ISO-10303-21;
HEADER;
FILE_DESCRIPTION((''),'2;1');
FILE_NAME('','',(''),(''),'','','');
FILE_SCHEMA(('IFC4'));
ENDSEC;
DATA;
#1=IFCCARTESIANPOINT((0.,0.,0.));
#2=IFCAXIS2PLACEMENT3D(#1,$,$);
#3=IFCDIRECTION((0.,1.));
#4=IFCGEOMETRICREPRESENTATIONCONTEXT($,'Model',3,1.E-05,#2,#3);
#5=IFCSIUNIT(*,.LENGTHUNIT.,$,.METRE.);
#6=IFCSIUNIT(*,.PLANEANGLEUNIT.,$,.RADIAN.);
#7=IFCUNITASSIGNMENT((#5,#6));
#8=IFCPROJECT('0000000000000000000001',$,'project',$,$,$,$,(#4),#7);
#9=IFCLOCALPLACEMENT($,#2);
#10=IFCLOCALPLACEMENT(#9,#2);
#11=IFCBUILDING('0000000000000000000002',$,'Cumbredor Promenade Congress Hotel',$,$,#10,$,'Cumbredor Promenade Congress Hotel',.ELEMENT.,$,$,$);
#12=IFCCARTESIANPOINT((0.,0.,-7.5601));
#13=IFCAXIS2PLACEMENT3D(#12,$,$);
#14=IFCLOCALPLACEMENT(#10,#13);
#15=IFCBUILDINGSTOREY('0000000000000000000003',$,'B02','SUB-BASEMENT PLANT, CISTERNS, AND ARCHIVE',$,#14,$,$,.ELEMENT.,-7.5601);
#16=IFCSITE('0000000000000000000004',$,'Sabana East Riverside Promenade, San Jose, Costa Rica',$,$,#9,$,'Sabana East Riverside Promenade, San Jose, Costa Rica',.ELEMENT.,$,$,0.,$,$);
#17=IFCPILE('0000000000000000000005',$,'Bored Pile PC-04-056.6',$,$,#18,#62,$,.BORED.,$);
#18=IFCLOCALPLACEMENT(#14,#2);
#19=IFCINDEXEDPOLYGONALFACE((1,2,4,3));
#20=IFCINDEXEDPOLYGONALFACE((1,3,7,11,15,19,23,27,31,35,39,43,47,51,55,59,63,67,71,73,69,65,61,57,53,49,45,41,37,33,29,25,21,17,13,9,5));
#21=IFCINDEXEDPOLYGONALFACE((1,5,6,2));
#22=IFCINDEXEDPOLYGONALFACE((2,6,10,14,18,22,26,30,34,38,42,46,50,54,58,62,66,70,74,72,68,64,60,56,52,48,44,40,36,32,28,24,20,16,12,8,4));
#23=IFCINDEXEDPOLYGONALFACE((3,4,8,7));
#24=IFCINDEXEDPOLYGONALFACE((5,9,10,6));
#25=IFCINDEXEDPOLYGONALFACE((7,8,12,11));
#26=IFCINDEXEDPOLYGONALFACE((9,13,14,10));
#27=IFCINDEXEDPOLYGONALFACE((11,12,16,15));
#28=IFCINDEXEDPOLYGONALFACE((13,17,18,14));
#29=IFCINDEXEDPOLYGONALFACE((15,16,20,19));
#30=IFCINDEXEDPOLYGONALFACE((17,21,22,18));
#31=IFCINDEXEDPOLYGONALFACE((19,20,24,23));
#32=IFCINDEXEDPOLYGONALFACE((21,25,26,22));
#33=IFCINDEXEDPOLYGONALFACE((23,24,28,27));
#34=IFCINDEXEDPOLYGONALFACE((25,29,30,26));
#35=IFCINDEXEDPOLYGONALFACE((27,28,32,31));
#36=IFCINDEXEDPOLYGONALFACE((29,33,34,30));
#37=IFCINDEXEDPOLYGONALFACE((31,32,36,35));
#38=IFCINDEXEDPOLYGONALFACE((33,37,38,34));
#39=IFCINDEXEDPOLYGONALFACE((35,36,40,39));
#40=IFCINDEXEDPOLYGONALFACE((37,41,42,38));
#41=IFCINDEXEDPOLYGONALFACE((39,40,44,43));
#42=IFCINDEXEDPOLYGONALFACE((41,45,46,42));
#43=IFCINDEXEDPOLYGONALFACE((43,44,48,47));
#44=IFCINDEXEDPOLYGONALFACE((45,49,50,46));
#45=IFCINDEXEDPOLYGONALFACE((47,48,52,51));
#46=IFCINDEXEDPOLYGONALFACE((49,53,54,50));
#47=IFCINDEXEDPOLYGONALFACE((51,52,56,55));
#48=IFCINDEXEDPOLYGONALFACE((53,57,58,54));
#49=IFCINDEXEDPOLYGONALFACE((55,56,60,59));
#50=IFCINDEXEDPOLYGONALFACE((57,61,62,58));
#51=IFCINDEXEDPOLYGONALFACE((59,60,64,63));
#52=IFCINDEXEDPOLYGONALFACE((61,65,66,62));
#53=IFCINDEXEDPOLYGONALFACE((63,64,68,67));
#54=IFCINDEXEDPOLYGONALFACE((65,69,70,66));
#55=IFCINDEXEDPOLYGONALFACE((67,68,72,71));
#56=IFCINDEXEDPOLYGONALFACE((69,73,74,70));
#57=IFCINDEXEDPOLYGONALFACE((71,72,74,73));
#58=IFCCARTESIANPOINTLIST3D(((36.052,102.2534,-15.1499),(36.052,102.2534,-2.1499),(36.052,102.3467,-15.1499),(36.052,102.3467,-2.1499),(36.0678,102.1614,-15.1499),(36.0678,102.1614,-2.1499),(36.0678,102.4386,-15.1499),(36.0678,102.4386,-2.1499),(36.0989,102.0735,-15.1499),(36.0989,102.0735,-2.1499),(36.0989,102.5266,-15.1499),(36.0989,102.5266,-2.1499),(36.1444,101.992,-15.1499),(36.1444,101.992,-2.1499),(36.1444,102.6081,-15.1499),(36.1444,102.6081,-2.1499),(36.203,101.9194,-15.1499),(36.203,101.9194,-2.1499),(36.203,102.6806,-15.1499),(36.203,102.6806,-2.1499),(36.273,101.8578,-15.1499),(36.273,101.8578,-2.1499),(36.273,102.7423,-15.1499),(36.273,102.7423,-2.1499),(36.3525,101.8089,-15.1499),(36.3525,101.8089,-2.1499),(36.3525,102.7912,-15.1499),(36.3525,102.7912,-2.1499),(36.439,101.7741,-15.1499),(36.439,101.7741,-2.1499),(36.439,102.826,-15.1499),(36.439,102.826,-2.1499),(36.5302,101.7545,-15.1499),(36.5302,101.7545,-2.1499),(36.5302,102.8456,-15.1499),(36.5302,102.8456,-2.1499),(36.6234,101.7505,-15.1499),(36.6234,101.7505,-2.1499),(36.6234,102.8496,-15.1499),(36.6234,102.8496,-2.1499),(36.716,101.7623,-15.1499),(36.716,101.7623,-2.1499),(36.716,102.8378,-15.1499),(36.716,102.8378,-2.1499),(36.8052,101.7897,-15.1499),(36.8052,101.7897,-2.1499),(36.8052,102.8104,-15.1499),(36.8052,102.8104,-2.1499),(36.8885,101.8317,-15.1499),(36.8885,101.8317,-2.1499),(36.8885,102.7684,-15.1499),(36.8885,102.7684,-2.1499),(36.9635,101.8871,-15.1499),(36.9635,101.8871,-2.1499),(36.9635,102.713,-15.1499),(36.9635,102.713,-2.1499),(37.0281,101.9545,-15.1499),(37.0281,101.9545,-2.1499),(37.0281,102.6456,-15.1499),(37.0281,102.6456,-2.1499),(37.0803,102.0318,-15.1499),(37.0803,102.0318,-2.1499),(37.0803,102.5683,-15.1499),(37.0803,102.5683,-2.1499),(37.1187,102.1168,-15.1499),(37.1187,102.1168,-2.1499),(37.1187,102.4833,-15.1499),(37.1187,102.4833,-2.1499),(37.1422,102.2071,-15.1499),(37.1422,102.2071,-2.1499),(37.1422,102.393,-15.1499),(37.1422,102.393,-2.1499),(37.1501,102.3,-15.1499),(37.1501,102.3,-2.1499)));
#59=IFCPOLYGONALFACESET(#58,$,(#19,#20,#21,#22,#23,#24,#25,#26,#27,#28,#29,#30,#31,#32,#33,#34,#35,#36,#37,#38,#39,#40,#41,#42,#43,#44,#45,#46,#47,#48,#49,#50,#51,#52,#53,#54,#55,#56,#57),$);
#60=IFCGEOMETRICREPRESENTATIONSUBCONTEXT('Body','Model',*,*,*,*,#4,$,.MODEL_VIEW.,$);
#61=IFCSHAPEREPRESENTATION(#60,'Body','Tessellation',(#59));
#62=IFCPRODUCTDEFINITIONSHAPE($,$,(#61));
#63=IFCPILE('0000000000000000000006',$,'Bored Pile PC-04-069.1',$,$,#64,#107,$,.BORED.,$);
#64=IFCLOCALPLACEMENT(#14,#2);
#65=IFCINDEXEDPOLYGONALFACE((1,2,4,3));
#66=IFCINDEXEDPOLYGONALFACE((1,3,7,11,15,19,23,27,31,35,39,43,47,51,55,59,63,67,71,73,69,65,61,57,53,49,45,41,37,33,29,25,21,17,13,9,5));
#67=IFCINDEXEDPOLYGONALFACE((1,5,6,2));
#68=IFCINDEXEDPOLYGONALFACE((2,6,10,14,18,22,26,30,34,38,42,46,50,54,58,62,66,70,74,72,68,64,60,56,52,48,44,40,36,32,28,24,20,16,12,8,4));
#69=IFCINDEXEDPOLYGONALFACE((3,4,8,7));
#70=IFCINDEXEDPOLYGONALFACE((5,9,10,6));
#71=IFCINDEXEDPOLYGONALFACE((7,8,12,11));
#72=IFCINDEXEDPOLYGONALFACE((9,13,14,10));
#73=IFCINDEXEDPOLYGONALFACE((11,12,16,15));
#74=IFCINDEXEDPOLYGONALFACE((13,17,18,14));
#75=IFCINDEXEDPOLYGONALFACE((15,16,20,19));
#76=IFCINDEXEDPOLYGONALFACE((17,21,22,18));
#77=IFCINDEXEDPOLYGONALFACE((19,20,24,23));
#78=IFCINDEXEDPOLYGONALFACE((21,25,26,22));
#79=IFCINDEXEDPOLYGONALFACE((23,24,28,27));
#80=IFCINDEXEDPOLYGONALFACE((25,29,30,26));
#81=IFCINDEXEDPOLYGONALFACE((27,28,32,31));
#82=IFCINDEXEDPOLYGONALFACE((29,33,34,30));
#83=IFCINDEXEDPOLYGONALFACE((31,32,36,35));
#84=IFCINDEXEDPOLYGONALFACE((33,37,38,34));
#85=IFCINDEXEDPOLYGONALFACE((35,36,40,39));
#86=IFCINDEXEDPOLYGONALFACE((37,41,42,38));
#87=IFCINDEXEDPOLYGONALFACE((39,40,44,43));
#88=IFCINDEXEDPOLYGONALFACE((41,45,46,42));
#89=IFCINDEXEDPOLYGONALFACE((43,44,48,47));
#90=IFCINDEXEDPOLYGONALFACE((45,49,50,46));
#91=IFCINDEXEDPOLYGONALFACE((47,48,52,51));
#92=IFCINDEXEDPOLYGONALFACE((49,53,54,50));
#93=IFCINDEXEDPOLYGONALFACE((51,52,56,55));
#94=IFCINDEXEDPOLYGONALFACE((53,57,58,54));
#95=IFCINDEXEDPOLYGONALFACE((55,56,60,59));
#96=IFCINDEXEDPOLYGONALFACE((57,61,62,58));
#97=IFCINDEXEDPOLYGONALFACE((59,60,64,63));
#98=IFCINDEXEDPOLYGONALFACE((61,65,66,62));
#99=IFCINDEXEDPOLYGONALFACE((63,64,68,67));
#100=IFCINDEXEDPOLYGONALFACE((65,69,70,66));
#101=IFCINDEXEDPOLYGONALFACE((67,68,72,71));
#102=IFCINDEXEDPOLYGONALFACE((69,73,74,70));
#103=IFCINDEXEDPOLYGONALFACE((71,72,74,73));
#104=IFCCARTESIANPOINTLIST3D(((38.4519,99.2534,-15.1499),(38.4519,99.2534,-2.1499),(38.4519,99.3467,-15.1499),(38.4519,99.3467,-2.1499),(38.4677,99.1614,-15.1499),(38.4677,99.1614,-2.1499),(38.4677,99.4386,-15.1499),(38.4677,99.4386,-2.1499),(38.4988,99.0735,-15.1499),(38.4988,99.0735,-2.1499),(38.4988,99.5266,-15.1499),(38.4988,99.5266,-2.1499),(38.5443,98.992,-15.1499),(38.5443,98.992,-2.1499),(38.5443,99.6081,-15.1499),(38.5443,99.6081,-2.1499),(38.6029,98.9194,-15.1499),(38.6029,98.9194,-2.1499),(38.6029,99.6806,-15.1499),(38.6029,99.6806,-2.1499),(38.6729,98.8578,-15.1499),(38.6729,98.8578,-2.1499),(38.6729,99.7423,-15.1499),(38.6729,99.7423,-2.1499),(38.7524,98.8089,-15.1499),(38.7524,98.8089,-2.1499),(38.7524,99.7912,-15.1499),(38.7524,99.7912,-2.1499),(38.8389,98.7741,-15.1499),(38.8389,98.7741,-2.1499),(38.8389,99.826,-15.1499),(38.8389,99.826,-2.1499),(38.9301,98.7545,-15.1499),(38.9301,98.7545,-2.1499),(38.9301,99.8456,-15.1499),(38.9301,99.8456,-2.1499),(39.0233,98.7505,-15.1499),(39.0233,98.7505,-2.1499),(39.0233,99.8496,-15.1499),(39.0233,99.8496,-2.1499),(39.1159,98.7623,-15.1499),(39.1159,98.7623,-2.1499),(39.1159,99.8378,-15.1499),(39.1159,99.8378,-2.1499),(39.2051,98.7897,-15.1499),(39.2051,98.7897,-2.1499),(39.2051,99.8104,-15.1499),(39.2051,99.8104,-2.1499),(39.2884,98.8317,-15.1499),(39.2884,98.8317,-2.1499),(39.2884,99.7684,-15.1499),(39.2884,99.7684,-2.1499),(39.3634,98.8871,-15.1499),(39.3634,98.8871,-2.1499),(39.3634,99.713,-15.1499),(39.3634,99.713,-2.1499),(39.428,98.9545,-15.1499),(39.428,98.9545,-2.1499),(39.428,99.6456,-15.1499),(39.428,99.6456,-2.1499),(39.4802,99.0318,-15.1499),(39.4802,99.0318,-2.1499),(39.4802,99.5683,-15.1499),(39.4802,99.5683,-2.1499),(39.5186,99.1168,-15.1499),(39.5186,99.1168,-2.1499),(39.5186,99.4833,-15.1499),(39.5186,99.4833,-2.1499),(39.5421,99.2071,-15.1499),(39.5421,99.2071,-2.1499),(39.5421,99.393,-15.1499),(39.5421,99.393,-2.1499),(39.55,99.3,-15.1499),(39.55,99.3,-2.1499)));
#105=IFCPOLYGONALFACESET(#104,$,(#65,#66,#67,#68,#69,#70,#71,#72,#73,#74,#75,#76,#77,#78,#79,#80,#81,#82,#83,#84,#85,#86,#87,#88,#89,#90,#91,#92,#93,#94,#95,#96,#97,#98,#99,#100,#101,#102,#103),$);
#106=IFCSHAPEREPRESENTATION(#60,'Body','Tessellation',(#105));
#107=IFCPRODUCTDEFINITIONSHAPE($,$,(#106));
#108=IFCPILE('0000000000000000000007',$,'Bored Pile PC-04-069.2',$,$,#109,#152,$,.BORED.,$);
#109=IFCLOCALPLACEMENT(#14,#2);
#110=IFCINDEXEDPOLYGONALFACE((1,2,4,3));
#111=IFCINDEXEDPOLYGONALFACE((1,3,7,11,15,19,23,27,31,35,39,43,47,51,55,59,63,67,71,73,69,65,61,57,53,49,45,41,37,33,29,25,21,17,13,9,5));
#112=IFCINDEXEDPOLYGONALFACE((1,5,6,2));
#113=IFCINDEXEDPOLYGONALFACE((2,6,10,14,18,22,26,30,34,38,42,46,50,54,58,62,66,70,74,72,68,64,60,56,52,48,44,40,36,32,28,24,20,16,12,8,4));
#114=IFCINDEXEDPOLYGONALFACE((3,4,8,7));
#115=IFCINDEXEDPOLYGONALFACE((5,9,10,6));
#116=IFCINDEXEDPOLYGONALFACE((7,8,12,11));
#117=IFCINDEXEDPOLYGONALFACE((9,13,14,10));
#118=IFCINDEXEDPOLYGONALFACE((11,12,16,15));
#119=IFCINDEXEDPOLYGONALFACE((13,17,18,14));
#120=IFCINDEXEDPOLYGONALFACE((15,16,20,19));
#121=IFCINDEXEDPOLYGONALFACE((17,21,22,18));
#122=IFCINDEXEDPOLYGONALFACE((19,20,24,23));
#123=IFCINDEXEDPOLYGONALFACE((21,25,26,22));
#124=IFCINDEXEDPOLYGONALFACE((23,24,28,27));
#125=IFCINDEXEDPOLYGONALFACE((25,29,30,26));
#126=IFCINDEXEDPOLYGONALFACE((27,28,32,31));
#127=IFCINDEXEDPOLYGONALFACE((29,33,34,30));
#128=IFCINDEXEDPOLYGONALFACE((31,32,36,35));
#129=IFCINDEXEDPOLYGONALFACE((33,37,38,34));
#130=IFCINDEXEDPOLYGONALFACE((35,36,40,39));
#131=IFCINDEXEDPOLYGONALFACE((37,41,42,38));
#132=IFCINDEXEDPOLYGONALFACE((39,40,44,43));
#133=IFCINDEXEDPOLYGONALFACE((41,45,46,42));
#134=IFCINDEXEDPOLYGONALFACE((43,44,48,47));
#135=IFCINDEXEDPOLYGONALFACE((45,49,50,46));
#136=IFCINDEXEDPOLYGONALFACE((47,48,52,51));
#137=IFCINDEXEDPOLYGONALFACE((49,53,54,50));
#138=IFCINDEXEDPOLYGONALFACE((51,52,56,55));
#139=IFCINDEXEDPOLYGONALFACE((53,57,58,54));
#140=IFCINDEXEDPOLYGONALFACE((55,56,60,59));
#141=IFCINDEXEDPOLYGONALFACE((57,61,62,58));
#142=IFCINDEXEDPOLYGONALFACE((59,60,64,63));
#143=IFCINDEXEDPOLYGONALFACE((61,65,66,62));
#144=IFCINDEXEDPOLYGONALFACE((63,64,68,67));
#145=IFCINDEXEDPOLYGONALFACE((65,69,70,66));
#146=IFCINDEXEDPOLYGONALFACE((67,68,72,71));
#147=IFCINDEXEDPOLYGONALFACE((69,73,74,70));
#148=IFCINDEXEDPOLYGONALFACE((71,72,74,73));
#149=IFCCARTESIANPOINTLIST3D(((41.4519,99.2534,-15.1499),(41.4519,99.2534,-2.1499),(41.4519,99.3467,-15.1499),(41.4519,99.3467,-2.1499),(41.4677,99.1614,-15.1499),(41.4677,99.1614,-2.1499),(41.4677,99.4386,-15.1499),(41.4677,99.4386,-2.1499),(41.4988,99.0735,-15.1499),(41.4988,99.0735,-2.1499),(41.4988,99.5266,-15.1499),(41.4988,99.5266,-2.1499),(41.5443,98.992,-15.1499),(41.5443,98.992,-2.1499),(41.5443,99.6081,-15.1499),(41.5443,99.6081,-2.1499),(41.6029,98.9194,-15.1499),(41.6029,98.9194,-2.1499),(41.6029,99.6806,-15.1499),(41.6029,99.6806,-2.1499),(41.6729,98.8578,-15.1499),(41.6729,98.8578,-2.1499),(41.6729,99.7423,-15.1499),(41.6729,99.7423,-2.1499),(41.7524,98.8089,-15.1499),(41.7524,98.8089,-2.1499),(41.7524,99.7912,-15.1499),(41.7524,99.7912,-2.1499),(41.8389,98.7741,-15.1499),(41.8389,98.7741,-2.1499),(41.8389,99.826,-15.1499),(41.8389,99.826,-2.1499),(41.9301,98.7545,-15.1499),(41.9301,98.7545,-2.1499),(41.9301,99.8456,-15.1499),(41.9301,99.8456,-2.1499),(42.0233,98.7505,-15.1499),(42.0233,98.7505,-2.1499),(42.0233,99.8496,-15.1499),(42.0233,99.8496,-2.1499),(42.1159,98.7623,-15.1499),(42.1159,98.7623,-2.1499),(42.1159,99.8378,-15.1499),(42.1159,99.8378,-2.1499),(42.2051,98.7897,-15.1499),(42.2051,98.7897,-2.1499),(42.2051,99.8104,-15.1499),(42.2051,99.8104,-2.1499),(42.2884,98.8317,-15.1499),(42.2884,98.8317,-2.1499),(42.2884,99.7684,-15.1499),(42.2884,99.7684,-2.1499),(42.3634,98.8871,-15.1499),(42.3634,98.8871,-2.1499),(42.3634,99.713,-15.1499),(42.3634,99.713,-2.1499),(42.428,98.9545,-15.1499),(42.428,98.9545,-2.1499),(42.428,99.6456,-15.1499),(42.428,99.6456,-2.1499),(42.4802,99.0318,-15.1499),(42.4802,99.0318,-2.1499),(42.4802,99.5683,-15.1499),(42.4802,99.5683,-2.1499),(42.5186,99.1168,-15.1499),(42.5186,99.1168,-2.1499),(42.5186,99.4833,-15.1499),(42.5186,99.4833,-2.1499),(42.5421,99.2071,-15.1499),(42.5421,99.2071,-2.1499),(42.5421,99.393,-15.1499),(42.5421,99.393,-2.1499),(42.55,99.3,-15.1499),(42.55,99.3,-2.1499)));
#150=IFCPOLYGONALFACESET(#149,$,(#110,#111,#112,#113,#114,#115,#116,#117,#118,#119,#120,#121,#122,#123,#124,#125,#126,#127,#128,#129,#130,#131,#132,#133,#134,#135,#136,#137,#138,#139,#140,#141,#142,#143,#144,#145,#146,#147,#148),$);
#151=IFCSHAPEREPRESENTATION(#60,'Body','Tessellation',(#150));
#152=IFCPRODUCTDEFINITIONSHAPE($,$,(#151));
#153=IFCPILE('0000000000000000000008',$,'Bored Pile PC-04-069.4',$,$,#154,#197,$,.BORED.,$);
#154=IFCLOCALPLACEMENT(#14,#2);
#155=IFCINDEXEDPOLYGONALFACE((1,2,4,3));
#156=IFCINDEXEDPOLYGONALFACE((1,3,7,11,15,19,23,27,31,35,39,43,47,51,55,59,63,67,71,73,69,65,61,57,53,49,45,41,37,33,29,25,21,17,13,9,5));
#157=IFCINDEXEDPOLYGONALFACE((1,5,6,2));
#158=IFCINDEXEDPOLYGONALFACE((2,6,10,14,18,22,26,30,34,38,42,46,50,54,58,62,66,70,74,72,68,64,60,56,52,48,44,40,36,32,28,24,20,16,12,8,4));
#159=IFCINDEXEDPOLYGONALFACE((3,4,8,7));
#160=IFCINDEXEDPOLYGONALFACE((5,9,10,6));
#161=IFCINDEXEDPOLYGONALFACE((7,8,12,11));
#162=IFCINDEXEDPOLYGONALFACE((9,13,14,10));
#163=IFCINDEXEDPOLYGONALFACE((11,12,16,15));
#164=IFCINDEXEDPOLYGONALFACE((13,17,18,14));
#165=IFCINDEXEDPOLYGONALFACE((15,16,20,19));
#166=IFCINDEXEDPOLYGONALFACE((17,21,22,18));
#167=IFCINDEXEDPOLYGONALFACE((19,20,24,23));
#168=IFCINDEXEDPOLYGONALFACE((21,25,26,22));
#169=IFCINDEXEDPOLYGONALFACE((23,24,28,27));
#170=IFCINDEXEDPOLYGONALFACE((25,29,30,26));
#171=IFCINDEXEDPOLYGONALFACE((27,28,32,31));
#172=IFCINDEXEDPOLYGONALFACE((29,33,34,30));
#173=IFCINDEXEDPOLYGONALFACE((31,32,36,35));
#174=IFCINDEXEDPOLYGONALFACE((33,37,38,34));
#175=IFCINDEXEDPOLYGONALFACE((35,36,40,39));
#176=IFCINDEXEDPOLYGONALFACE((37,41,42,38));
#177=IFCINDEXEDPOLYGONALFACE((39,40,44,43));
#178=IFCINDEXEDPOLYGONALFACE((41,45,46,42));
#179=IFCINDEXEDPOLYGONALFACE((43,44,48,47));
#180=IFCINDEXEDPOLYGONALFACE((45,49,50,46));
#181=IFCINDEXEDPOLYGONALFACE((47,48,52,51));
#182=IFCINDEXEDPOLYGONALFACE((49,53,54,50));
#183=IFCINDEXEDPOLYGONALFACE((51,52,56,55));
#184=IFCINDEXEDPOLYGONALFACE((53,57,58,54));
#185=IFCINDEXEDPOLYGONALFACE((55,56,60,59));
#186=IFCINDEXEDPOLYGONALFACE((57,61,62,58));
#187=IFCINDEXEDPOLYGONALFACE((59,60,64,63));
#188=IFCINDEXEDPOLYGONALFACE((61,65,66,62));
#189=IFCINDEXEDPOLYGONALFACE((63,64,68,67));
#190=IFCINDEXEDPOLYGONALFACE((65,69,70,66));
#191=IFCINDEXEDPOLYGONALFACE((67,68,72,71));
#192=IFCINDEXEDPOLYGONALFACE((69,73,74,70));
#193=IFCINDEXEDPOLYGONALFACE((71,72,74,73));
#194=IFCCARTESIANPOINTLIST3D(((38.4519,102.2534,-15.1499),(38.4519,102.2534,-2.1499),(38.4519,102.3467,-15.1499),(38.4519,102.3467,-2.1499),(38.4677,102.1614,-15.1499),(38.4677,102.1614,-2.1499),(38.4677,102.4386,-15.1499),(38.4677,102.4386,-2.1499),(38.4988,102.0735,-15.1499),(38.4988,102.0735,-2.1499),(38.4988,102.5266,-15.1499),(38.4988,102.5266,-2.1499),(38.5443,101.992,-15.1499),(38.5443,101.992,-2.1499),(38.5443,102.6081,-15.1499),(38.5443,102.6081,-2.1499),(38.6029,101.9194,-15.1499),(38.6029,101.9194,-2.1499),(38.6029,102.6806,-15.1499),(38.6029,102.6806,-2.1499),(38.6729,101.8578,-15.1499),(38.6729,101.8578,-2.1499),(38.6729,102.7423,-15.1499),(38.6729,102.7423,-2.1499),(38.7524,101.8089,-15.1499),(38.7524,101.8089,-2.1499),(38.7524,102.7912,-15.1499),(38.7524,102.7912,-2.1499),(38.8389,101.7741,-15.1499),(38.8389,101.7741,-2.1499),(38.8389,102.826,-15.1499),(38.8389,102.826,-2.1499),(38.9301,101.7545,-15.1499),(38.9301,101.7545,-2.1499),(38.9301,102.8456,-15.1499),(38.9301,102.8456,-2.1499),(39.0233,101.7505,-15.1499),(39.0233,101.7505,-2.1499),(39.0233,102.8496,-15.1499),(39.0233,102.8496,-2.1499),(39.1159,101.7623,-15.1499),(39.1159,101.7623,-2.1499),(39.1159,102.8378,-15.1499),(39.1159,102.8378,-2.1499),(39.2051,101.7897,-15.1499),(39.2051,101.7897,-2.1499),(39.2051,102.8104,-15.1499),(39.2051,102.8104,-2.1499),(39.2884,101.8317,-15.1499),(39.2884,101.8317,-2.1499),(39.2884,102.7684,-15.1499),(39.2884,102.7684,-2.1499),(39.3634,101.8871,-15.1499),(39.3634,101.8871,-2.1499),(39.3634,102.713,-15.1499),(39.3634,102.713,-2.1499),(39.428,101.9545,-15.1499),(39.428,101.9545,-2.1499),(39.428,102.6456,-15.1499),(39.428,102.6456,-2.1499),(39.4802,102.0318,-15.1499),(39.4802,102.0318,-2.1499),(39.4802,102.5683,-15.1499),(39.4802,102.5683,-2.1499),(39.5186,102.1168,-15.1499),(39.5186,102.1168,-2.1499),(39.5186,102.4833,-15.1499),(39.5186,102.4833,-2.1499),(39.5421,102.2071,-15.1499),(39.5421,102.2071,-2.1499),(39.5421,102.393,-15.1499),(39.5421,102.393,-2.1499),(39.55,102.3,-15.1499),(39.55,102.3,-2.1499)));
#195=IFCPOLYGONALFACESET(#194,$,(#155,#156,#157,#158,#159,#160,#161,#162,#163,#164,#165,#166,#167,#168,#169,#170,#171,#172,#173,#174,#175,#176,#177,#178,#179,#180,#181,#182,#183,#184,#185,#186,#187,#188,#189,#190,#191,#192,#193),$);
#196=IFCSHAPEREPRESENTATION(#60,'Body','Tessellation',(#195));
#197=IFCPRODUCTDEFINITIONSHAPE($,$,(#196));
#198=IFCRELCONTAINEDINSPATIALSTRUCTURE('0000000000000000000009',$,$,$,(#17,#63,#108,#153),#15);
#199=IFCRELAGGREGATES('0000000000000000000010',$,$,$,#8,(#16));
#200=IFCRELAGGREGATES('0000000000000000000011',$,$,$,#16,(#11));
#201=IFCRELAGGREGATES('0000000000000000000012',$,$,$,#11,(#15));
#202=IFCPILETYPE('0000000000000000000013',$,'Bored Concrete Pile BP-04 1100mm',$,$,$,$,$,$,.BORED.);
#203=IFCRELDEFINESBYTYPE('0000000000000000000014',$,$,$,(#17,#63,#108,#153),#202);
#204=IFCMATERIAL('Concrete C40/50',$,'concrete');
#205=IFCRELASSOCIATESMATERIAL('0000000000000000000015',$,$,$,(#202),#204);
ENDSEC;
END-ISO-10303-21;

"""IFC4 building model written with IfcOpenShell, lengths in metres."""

from ifc_helpers import new_model, si_unit, direction, frame, origin, origin_2d, place, context, subcontext, project, spatial, circle, extrude, material, material_profile, profile_set, type_object, element, save


model = new_model("IFC4")

# Units and contexts
model_context = context("Model", 3, precision=1e-05, world=origin(), true_north=direction((0.0, 1.0)))
body_context = subcontext(model_context, "Body", "Model", "MODEL_VIEW")
ifc_project = project(units=[si_unit("LENGTHUNIT", "METRE"), si_unit("PLANEANGLEUNIT", "RADIAN")], contexts=[model_context])

# Site, building, storey
site_placement = place(None, origin())
site = spatial("IfcSite", under=ifc_project, at=site_placement, Name="Sabana East Riverside Promenade, San Jose, Costa Rica", LongName="Sabana East Riverside Promenade, San Jose, Costa Rica", CompositionType="ELEMENT", RefElevation=0.0)
building_placement = place(site_placement, origin())
building = spatial("IfcBuilding", under=site, at=building_placement, Name="Cumbredor Promenade Congress Hotel", LongName="Cumbredor Promenade Congress Hotel", CompositionType="ELEMENT")
storey_placement = place(building_placement, frame((0.0, 0.0, -7.5601)))
storey = spatial("IfcBuildingStorey", under=building, at=storey_placement, Name="B02", Description="SUB-BASEMENT PLANT, CISTERNS, AND ARCHIVE", CompositionType="ELEMENT", Elevation=-7.5601)

# Piles
ifc_material_1 = material(Name="Concrete C40/50", Category="concrete")
ifc_material_profile_1 = material_profile(ifc_material_1, circle(Radius=0.55, at=origin_2d()), Name="PILE D1100")
ifc_profile_set_1 = profile_set([ifc_material_profile_1], Name="Concrete C40/50")
pile_type = type_object("IfcPileType", Name="Bored Concrete Pile BP-04 1100mm", PredefinedType="BORED", material=ifc_profile_set_1)
for number, where, z_axis, x_axis, name in (
    (1, (36.6001, 102.3, -2.1499), (0.0, 0.0, -1.0), (1.0, 0.0, 0.0), "Bored Pile PC-04-056.6"),
    (2, (39.0, 99.3, -2.1499), (0.0, 0.0, -1.0), (1.0, 0.0, 0.0), "Bored Pile PC-04-069.1"),
    (3, (42.0, 99.3, -2.1499), (0.0, 0.0, -1.0), (1.0, 0.0, 0.0), "Bored Pile PC-04-069.2"),
    (4, (39.0, 102.3, -2.1499), (0.0, 0.0, -1.0), (1.0, 0.0, 0.0), "Bored Pile PC-04-069.4"),
):
    element("IfcPile", number, at=place(storey_placement, frame(where, z_axis=z_axis, x_axis=x_axis)), inside=storey, type_object=pile_type, Name=name, PredefinedType="BORED", context=body_context, shape_type="SweptSolid", body=[
        extrude(circle(Radius=0.55, at=origin_2d()), origin(), (0.0, 0.0, 1.0), 13.0),
    ])

save(model, "model.ifc")
